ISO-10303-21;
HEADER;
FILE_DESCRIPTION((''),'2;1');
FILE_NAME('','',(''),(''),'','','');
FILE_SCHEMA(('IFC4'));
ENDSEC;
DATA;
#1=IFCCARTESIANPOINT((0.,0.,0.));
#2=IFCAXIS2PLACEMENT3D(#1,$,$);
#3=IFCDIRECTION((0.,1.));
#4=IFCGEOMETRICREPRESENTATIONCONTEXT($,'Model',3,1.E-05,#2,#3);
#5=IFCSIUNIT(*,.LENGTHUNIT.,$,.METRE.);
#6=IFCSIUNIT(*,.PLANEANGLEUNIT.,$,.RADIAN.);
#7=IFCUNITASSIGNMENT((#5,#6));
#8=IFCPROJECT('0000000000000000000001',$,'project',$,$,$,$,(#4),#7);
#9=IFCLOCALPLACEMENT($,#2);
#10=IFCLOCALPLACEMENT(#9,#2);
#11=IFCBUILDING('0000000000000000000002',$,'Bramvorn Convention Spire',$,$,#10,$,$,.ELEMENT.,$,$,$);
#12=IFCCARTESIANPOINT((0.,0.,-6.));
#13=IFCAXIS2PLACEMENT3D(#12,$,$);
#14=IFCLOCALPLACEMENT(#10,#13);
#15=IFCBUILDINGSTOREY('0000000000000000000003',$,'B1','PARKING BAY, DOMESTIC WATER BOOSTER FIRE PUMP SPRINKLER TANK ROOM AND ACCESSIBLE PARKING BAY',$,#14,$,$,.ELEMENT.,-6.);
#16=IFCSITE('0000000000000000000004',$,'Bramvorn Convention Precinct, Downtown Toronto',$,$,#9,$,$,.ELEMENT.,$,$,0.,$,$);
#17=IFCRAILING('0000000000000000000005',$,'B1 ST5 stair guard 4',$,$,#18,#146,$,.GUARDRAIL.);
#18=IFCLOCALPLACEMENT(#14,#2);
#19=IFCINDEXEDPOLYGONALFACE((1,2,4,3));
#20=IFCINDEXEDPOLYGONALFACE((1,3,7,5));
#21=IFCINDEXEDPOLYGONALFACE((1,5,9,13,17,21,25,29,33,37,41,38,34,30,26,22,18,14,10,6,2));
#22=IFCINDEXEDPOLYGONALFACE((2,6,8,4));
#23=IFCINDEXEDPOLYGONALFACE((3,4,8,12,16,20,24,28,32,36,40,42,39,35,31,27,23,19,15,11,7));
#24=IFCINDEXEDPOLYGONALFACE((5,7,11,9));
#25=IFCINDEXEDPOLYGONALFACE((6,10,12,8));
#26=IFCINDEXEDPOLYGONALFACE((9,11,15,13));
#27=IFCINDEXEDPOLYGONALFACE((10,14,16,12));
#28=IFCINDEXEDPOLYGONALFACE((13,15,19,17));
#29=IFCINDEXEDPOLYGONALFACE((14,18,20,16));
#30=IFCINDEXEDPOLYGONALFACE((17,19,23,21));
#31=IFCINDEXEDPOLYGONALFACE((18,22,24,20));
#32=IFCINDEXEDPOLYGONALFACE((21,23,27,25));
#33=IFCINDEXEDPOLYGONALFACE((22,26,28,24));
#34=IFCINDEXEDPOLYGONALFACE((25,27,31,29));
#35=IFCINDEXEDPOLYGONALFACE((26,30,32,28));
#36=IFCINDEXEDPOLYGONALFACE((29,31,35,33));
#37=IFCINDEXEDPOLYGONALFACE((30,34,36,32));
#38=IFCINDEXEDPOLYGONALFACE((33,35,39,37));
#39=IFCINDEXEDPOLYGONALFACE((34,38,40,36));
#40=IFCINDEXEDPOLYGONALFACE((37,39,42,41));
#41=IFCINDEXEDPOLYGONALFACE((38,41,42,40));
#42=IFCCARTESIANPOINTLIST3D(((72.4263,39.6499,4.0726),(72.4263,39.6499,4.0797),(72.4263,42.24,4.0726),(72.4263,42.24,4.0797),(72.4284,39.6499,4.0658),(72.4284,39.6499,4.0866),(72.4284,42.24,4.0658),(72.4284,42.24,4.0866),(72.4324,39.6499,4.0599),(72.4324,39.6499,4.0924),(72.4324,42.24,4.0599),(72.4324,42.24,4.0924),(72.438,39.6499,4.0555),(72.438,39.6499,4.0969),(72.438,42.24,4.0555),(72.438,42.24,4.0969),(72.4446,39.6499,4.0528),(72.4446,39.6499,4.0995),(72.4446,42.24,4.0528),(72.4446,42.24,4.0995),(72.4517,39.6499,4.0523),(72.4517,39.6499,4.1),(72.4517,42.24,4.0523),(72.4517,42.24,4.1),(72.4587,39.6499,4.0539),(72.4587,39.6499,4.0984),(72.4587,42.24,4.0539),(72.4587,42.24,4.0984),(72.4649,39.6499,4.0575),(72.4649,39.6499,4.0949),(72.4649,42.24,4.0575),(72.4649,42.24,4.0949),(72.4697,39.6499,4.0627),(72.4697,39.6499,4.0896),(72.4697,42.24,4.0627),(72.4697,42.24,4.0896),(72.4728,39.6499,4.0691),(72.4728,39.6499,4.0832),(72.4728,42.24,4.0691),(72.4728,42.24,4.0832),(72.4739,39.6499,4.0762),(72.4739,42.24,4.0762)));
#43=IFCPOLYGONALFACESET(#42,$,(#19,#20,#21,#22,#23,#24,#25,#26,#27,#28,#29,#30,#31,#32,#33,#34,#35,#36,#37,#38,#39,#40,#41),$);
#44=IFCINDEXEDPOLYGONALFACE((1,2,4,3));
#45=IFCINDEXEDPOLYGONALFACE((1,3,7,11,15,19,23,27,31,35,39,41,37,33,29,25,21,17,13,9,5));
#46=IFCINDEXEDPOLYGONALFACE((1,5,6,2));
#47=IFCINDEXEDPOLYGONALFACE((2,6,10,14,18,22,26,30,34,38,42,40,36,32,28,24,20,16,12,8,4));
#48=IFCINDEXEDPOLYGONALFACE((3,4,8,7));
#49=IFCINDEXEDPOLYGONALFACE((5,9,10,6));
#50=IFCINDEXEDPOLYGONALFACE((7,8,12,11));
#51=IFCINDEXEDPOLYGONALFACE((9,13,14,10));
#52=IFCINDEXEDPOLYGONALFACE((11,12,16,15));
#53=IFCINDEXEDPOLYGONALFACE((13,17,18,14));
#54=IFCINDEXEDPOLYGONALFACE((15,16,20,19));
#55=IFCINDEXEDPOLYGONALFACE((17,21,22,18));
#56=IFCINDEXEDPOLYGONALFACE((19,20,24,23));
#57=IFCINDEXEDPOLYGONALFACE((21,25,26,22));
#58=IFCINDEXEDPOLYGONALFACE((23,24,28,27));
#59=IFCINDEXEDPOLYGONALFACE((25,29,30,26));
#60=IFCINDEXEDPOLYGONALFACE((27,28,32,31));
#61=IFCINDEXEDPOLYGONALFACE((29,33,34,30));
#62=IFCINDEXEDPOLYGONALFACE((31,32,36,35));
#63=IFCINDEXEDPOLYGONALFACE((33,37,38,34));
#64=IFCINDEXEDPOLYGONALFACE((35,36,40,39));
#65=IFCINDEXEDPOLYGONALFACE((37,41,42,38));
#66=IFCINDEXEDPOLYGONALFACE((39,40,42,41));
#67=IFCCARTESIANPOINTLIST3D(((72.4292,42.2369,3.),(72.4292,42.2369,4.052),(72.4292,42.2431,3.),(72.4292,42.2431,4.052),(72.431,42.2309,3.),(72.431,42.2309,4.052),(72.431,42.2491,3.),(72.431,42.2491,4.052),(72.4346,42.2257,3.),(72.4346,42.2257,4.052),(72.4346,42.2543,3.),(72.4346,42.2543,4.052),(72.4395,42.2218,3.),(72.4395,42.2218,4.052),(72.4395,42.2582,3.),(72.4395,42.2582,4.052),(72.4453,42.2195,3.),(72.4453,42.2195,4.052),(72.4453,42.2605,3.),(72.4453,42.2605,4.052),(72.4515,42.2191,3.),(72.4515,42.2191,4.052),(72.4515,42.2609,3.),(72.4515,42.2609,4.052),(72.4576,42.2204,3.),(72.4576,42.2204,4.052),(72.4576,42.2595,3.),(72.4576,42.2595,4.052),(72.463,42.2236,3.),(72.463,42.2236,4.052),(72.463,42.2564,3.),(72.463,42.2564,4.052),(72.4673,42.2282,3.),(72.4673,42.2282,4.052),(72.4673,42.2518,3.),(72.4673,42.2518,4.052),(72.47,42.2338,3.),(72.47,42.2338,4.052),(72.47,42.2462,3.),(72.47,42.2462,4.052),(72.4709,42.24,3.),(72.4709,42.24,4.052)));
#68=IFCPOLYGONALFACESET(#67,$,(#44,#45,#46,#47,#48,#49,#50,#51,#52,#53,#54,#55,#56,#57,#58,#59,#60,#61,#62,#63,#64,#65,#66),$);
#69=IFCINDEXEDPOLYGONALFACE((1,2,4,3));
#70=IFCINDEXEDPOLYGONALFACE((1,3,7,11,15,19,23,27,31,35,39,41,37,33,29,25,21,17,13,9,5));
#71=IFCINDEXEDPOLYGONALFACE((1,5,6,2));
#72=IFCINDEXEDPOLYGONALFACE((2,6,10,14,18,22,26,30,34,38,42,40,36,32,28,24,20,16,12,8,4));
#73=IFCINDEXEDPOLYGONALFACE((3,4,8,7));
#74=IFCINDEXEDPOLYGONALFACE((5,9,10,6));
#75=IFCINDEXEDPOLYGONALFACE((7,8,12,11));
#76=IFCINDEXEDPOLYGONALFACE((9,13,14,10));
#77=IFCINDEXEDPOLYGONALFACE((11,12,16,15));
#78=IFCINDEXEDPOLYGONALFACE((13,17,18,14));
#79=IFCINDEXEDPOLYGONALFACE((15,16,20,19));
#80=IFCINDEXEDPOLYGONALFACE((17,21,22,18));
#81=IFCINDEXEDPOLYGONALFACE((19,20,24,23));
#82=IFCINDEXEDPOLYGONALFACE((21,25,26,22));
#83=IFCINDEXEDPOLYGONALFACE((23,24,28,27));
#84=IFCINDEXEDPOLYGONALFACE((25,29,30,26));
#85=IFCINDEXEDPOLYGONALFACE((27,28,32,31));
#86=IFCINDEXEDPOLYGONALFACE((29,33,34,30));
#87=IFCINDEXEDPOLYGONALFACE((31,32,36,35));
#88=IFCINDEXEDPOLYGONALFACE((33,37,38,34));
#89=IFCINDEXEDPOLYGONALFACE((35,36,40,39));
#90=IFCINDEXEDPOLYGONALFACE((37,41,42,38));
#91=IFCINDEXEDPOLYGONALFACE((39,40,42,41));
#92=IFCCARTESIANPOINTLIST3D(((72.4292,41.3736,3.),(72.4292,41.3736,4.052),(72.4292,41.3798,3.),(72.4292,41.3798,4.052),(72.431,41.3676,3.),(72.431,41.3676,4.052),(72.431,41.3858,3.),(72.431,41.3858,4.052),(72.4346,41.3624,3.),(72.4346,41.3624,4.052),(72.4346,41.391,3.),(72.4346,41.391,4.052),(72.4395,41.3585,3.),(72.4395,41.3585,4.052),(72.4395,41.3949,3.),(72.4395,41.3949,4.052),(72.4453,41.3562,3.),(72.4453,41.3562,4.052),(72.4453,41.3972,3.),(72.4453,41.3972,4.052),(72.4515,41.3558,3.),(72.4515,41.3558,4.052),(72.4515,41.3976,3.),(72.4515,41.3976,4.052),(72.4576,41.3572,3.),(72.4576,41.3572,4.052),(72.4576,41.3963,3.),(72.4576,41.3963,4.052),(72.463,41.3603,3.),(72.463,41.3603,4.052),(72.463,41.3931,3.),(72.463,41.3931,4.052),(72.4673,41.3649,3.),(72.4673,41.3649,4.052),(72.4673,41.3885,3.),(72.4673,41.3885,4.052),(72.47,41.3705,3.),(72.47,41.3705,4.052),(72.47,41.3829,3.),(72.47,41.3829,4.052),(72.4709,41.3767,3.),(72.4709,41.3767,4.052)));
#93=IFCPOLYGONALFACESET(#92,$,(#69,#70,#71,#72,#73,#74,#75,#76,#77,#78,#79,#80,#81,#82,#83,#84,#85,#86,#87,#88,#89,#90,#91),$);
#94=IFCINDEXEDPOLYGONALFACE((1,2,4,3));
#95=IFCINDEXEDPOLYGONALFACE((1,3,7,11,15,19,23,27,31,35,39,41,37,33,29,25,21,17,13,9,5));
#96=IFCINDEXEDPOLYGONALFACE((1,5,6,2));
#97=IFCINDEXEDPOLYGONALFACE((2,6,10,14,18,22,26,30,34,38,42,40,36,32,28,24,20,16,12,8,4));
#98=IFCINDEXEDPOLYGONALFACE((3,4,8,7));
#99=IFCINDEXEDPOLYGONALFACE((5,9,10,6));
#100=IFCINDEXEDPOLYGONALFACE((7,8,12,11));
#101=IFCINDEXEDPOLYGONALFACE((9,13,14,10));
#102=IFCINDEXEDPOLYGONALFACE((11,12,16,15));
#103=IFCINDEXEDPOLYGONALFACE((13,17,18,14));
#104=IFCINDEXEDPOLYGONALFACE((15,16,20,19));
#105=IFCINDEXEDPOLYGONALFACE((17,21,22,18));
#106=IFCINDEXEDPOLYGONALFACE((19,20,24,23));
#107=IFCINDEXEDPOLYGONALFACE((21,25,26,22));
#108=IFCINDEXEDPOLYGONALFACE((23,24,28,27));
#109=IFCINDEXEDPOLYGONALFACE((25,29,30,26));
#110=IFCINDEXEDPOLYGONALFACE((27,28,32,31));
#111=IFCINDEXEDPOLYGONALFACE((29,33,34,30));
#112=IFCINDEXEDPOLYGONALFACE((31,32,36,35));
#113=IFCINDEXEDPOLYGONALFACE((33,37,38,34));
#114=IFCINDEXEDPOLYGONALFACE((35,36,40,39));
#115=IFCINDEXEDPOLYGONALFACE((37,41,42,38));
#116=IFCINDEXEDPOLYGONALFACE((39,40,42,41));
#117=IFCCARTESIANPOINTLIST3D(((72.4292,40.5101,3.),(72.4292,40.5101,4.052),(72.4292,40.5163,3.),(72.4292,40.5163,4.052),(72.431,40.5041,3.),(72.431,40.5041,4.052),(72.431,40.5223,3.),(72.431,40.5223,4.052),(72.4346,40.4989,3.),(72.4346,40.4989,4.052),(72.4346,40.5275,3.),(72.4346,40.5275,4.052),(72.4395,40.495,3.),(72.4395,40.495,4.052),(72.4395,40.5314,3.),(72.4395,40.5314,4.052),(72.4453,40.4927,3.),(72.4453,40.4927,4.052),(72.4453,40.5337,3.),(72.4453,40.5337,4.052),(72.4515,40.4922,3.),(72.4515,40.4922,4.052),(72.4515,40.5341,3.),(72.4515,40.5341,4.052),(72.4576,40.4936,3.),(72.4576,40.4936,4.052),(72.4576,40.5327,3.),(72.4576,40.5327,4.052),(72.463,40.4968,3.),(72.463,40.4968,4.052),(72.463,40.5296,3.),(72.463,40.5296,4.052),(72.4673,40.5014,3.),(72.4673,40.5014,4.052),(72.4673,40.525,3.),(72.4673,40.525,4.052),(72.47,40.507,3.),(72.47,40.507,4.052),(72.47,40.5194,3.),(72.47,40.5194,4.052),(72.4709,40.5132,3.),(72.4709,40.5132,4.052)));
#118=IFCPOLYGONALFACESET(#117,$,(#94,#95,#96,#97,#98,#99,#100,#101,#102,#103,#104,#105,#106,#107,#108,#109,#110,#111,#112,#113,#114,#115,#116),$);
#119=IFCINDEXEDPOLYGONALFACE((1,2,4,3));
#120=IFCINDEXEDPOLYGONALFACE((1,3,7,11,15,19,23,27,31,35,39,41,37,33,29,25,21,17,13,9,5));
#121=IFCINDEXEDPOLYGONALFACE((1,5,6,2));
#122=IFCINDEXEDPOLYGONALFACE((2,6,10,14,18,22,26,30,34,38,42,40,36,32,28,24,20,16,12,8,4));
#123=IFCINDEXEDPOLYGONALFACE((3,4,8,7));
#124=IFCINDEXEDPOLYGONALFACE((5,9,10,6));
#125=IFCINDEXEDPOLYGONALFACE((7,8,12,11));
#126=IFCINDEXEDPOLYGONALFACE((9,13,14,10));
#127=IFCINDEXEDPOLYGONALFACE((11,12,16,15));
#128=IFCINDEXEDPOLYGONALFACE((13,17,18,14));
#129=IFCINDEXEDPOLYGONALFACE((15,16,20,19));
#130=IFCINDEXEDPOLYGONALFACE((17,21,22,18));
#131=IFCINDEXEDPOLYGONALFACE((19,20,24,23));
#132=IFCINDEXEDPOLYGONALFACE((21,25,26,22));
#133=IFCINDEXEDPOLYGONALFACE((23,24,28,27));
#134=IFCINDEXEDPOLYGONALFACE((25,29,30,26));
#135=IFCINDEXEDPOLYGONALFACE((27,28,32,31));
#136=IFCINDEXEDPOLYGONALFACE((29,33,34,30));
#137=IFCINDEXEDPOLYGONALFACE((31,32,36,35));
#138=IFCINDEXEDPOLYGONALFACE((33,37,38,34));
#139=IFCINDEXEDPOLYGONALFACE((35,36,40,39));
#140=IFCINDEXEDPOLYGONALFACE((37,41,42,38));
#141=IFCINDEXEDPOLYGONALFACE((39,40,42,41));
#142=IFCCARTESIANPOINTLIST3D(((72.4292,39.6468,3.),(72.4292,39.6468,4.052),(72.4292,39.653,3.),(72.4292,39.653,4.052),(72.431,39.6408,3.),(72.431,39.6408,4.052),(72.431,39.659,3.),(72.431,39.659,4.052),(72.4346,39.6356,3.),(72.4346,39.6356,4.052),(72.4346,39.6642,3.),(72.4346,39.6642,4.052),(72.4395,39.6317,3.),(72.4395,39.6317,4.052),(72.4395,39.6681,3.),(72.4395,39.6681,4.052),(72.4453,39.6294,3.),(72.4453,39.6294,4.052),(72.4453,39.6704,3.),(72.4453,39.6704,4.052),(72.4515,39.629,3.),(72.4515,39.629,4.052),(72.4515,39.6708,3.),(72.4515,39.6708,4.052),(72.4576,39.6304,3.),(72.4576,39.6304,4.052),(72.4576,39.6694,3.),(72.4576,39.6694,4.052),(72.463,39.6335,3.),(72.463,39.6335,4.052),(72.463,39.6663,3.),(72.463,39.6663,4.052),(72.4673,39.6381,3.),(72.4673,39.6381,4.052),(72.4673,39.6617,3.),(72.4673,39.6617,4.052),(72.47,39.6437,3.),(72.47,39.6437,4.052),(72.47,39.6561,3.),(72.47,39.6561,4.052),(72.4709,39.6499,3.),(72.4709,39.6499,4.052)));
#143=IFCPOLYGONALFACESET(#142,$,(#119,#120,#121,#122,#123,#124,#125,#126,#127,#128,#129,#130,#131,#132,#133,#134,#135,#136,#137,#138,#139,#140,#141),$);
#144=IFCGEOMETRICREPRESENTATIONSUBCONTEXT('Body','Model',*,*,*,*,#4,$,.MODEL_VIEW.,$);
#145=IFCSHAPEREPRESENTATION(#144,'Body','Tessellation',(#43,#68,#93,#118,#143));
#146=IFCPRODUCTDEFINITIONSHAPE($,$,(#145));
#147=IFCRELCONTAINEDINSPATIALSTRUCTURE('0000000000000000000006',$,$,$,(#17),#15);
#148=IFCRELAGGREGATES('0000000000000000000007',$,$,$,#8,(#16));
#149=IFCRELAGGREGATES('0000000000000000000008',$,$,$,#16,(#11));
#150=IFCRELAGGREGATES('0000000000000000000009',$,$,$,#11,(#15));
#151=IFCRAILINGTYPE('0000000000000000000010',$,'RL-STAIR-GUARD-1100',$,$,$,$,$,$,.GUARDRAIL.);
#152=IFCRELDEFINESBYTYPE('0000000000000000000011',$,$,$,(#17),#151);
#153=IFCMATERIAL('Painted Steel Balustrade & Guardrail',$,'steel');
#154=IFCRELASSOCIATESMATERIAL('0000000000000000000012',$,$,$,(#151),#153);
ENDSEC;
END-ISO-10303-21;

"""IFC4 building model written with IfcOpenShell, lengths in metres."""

from ifc_helpers import new_model, si_unit, direction, frame, origin, origin_2d, place, context, subcontext, project, spatial, circle, extrude, material, type_object, element, save


model = new_model("IFC4")

# Units and contexts
model_context = context("Model", 3, precision=1e-05, world=origin(), true_north=direction((0.0, 1.0)))
body_context = subcontext(model_context, "Body", "Model", "MODEL_VIEW")
ifc_project = project(units=[si_unit("LENGTHUNIT", "METRE"), si_unit("PLANEANGLEUNIT", "RADIAN")], contexts=[model_context])

# Site, building, storey
site_placement = place(None, origin())
site = spatial("IfcSite", under=ifc_project, at=site_placement, Name="Bramvorn Convention Precinct, Downtown Toronto", CompositionType="ELEMENT", RefElevation=0.0)
building_placement = place(site_placement, origin())
building = spatial("IfcBuilding", under=site, at=building_placement, Name="Bramvorn Convention Spire", CompositionType="ELEMENT")
storey_placement = place(building_placement, frame((0.0, 0.0, -6.0)))
storey = spatial("IfcBuildingStorey", under=building, at=storey_placement, Name="B1", Description="PARKING BAY, DOMESTIC WATER BOOSTER FIRE PUMP SPRINKLER TANK ROOM AND ACCESSIBLE PARKING BAY", CompositionType="ELEMENT", Elevation=-6.0)

# Railing
ifc_material_1 = material(Name="Painted Steel Balustrade & Guardrail", Category="steel")
railing_type_1 = type_object("IfcRailingType", Name="RL-STAIR-GUARD-1100", PredefinedType="GUARDRAIL", material=ifc_material_1)
for number, where, name in (
    (1, (72.45, 42.24, 3.0), "B1 ST5 stair guard 4"),
):
    element("IfcRailing", number, at=place(storey_placement, frame(where)), inside=storey, type_object=railing_type_1, Name=name, PredefinedType="GUARDRAIL", context=body_context, shape_type="SweptSolid", body=[
        extrude(circle(Radius=0.0239, at=origin_2d()), frame((0.0, 0.0, 1.0762), z_axis=(0.0, -1.0, 0.0), x_axis=(1.0, 0.0, 0.0)), (0.0, 0.0, 1.0), 2.5901),
        extrude(circle(Radius=0.021, at=origin_2d()), origin(), (0.0, 0.0, 1.0), 1.052),
        extrude(circle(Radius=0.021, at=origin_2d()), frame((0.0, -0.8633, 0.0)), (0.0, 0.0, 1.0), 1.052),
        extrude(circle(Radius=0.021, at=origin_2d()), frame((0.0, -1.7268, 0.0)), (0.0, 0.0, 1.0), 1.052),
        extrude(circle(Radius=0.021, at=origin_2d()), frame((0.0, -2.5901, 0.0)), (0.0, 0.0, 1.0), 1.052),
    ])

save(model, "model.ifc")
